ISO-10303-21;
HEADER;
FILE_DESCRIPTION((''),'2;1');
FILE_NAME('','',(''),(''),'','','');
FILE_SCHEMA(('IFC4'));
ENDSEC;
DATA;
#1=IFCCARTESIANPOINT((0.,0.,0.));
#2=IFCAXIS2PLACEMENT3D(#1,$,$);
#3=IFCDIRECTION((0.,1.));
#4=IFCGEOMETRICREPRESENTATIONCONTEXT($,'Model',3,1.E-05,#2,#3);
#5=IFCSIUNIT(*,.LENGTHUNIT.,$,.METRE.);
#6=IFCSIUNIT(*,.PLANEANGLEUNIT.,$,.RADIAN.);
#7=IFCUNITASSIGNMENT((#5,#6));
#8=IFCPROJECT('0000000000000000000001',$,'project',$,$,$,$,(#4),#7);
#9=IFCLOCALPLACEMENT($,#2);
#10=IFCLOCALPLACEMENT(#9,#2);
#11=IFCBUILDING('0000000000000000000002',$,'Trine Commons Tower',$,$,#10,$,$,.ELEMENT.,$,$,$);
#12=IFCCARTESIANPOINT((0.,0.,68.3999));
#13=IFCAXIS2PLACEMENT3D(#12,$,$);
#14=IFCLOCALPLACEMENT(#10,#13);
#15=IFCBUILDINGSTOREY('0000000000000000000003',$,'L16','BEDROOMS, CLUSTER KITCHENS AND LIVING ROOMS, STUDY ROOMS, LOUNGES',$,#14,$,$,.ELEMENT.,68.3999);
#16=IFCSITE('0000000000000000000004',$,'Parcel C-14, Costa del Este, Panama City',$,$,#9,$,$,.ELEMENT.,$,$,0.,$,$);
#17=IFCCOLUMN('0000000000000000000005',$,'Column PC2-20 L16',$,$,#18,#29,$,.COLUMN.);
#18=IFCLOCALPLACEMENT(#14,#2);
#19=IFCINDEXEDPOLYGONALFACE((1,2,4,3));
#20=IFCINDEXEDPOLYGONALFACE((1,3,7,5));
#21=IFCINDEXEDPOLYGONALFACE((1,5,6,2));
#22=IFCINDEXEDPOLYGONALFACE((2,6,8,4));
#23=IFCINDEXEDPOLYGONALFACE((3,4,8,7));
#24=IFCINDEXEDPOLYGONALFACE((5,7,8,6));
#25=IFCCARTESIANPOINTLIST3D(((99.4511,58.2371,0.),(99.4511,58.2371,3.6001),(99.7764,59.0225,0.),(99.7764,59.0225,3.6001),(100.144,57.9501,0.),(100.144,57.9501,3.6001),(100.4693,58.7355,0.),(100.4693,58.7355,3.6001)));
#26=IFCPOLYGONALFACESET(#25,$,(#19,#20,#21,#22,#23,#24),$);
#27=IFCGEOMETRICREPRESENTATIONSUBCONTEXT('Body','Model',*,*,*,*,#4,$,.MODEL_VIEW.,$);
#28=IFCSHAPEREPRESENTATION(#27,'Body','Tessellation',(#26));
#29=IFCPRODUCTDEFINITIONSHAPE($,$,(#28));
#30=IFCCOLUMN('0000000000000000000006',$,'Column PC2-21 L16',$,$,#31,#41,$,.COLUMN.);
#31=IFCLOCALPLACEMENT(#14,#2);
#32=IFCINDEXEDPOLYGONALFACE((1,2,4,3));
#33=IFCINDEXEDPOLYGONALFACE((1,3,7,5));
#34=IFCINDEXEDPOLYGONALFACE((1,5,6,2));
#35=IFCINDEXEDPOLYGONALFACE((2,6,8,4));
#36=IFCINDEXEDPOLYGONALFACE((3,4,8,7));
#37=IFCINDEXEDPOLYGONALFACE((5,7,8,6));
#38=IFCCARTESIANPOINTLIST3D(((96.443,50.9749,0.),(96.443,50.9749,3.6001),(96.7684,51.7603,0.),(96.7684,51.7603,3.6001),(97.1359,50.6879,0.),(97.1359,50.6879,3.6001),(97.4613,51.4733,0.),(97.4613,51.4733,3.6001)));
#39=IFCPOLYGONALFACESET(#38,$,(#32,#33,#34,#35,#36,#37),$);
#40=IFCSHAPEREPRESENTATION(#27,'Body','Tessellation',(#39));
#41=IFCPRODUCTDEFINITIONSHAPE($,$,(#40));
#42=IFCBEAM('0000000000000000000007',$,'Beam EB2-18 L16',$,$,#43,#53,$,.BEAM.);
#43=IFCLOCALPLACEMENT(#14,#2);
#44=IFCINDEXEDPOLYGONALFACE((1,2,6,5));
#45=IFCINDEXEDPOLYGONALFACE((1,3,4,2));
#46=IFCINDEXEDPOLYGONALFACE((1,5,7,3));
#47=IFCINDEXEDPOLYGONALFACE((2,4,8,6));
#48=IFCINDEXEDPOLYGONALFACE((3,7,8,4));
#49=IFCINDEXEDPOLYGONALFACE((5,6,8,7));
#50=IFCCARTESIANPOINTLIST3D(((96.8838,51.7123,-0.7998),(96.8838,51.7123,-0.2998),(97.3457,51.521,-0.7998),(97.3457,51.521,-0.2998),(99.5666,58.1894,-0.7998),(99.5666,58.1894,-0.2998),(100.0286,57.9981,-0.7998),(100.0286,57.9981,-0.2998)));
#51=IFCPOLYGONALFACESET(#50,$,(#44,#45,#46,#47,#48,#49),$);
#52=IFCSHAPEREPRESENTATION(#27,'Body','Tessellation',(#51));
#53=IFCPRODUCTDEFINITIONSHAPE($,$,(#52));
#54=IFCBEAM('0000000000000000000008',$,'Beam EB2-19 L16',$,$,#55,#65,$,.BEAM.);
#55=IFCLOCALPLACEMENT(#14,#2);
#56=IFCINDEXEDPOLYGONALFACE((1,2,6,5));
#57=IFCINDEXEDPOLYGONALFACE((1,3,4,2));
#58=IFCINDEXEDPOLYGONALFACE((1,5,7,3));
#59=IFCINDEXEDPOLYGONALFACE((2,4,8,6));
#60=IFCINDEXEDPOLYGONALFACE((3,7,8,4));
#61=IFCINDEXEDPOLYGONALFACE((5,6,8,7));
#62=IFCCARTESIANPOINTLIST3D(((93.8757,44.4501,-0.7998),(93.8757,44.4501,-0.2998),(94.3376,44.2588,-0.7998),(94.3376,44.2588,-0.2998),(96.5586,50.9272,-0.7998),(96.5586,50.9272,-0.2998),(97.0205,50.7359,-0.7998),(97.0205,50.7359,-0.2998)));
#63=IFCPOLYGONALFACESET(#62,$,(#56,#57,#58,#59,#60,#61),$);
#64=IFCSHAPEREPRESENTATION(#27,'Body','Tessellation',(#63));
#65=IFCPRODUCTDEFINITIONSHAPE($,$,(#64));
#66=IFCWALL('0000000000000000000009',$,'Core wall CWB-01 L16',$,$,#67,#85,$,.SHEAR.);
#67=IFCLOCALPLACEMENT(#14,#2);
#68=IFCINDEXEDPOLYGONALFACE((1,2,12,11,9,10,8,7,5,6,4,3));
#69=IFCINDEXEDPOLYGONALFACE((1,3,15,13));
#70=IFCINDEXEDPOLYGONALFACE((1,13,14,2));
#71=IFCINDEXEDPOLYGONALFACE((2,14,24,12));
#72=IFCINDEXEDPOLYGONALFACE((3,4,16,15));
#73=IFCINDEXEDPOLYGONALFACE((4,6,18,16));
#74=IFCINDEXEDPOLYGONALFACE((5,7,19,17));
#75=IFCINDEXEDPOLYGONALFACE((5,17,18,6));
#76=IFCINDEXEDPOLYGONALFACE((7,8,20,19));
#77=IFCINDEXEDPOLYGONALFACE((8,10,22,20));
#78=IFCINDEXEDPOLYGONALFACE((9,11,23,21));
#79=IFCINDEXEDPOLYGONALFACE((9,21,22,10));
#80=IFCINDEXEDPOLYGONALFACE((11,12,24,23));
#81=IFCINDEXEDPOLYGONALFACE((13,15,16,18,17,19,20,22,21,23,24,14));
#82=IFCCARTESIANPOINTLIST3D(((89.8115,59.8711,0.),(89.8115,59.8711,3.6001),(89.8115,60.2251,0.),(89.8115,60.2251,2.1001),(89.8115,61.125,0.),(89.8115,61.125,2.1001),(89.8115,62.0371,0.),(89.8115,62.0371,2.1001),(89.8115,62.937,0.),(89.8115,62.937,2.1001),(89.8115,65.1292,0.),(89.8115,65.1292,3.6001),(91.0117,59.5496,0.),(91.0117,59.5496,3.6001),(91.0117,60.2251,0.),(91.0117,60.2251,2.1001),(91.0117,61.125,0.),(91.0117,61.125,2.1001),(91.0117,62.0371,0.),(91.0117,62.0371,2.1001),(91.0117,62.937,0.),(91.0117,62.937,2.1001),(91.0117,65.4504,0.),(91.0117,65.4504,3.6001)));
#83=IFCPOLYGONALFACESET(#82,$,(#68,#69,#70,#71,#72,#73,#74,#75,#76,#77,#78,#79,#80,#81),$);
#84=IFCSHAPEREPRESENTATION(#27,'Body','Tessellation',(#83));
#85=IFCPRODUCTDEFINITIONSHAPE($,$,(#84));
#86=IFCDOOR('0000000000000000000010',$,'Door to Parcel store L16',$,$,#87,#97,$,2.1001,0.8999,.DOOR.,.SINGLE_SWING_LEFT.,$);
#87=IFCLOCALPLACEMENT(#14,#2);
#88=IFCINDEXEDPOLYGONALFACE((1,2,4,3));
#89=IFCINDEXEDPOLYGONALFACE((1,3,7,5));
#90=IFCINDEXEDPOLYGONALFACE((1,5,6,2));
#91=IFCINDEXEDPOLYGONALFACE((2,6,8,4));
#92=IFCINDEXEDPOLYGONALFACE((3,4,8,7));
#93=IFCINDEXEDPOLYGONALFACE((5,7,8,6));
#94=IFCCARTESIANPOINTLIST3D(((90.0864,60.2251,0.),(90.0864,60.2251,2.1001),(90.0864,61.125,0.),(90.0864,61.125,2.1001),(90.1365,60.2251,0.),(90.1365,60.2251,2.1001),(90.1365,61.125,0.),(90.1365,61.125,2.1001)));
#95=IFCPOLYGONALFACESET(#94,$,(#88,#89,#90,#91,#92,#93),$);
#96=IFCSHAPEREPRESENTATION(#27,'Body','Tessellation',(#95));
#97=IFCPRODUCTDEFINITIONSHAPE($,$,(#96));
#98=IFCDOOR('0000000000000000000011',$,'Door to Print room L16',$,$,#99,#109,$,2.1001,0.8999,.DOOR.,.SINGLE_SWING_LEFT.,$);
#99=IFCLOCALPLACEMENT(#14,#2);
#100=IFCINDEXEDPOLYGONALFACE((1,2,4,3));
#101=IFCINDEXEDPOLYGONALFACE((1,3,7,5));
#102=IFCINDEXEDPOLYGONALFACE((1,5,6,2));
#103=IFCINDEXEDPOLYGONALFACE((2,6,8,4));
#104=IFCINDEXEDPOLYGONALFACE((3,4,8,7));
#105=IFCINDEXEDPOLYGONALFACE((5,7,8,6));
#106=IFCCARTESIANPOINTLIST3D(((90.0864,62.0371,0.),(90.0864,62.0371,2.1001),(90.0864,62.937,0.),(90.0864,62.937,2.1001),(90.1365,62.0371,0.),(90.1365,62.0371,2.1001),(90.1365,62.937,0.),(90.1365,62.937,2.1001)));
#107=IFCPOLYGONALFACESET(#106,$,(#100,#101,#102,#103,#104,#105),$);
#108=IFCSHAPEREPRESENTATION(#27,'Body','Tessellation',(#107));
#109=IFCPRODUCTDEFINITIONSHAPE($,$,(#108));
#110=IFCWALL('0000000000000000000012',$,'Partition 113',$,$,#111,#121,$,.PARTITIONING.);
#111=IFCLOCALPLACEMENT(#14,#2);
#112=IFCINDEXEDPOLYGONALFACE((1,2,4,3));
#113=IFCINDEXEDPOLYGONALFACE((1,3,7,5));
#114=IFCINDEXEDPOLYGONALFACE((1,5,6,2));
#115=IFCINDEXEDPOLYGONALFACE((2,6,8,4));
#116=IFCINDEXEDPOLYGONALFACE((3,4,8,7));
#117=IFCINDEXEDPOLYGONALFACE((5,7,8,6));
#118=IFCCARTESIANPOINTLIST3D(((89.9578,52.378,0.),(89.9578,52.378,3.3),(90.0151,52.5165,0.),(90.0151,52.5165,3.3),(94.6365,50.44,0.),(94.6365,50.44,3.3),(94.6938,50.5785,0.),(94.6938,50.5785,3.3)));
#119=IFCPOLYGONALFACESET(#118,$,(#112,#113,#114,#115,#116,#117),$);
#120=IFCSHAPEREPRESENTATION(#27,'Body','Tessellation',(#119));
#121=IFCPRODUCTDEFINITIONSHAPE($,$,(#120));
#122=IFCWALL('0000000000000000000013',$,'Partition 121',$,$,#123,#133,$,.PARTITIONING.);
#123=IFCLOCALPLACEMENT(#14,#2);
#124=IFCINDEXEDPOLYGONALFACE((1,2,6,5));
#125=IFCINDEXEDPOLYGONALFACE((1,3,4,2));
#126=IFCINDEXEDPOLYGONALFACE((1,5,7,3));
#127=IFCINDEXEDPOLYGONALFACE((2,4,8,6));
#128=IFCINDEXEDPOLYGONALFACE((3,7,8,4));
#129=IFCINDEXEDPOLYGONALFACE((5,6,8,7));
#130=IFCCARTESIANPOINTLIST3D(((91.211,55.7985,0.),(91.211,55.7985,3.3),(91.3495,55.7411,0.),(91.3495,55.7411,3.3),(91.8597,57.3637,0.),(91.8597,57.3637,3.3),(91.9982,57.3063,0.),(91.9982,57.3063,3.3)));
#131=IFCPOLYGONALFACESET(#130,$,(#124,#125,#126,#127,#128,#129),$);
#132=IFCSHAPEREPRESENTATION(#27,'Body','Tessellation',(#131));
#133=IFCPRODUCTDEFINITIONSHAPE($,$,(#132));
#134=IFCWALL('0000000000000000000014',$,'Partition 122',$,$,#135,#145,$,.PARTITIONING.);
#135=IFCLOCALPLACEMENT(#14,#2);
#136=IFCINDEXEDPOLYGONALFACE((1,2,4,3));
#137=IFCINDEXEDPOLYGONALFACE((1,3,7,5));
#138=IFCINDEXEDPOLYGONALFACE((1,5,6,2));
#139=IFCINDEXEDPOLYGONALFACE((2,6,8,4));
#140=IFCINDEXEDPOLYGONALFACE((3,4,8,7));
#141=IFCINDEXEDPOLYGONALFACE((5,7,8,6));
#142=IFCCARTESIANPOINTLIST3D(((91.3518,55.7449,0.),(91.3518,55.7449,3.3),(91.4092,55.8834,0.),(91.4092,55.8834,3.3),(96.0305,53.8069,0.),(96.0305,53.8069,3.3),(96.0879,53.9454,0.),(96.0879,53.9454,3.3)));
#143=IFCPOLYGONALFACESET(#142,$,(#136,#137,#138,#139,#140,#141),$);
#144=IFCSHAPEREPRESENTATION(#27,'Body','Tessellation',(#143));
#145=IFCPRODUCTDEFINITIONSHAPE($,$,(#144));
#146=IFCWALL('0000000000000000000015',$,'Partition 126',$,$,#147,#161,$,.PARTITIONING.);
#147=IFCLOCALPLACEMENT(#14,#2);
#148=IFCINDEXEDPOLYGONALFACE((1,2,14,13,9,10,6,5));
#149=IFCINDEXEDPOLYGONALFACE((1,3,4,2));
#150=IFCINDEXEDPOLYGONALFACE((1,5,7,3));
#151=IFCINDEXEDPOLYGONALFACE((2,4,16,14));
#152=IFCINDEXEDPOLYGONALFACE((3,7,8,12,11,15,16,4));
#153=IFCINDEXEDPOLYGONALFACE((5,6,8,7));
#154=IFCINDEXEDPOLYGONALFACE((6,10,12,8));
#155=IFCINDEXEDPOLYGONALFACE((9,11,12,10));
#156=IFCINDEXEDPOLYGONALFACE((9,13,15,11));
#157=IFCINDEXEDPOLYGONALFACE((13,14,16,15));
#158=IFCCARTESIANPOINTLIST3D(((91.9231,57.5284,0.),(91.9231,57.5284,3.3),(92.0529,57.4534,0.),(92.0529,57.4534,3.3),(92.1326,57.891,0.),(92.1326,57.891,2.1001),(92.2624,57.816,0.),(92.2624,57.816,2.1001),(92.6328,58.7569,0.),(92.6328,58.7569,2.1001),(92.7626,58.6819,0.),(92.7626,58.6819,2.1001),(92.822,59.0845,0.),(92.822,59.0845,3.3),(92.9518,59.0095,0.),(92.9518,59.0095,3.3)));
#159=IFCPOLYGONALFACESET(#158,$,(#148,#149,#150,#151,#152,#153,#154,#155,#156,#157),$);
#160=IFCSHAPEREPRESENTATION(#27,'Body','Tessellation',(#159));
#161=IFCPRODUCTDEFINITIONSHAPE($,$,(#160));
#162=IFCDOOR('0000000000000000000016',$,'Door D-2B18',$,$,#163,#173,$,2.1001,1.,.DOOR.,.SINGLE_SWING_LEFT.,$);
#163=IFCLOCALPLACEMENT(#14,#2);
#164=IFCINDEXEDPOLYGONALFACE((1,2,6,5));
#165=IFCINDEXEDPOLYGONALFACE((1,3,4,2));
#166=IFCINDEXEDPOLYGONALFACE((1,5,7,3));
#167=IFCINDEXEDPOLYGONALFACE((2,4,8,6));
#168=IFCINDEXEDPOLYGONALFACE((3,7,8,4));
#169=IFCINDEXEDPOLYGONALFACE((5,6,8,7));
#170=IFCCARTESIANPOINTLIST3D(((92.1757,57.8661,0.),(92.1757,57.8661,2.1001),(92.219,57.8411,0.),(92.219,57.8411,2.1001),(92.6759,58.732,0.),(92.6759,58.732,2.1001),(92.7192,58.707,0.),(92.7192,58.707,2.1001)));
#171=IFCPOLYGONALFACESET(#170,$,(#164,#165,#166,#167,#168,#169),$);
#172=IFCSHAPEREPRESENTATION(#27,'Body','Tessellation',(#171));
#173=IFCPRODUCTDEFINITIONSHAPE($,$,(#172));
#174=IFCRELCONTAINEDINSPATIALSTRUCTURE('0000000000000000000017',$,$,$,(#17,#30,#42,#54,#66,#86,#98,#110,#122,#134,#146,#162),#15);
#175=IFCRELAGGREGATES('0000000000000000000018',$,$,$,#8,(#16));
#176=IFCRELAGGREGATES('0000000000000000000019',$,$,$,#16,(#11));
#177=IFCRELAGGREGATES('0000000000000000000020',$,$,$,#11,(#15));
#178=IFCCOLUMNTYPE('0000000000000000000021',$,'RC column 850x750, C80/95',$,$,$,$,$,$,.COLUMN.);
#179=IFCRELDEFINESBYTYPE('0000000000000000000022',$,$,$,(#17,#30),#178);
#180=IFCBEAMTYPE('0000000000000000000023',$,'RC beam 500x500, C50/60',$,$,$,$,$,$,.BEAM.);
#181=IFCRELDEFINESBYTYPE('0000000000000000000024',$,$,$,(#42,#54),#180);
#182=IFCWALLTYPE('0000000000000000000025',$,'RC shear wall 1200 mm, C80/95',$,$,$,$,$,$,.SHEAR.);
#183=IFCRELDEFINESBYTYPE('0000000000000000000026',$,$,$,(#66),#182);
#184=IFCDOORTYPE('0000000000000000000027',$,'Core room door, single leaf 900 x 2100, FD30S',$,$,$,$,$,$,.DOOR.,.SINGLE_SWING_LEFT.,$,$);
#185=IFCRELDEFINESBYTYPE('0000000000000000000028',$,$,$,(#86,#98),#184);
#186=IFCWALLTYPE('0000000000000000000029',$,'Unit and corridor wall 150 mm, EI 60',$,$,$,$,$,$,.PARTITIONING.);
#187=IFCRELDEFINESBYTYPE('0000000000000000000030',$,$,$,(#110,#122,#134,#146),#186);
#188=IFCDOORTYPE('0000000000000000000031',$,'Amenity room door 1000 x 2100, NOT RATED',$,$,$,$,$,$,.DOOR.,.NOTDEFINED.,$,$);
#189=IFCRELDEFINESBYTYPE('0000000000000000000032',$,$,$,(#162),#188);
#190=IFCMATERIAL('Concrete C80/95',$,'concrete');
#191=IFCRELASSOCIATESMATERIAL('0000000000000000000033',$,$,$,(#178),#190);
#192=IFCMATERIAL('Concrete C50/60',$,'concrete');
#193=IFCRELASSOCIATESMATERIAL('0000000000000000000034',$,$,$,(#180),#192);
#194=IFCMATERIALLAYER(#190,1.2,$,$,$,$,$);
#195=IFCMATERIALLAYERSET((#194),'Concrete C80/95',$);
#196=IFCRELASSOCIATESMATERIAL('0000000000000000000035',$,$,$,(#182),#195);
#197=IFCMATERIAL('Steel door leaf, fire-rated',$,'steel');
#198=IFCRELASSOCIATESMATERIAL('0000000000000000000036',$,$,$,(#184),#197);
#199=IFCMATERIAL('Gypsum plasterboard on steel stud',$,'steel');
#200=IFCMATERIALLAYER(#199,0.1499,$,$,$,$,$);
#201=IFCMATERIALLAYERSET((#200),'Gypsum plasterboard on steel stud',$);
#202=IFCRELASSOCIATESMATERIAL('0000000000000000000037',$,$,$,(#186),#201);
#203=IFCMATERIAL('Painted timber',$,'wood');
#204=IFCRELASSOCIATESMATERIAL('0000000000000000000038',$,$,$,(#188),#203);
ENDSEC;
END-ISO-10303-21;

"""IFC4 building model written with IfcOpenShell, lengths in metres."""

from ifc_helpers import new_model, si_unit, direction, frame, frame_2d, origin, origin_2d, place, context, subcontext, project, spatial, polyline, rectangle, outline, extrude, material, layer, layer_set, material_profile, profile_set, type_object, element, fill, save


model = new_model("IFC4")

# Units and contexts
model_context = context("Model", 3, precision=1e-05, world=origin(), true_north=direction((0.0, 1.0)))
body_context = subcontext(model_context, "Body", "Model", "MODEL_VIEW")
ifc_project = project(units=[si_unit("LENGTHUNIT", "METRE"), si_unit("PLANEANGLEUNIT", "RADIAN")], contexts=[model_context])

# Site, building, storey
site_placement = place(None, origin())
site = spatial("IfcSite", under=ifc_project, at=site_placement, Name="Parcel C-14, Costa del Este, Panama City", CompositionType="ELEMENT", RefElevation=0.0)
building_placement = place(site_placement, origin())
building = spatial("IfcBuilding", under=site, at=building_placement, Name="Trine Commons Tower", CompositionType="ELEMENT")
storey_placement = place(building_placement, frame((0.0, 0.0, 68.3999)))
storey = spatial("IfcBuildingStorey", under=building, at=storey_placement, Name="L16", Description="BEDROOMS, CLUSTER KITCHENS AND LIVING ROOMS, STUDY ROOMS, LOUNGES", CompositionType="ELEMENT", Elevation=68.3999)

# Columns
ifc_material_1 = material(Name="Concrete C80/95", Category="concrete")
ifc_material_profile_1 = material_profile(ifc_material_1, rectangle(XDim=0.8501, YDim=0.75, at=origin_2d()), Name="RC 850x750")
ifc_profile_set_1 = profile_set([ifc_material_profile_1], Name="Concrete C80/95")
column_type = type_object("IfcColumnType", Name="RC column 850x750, C80/95", PredefinedType="COLUMN", material=ifc_profile_set_1)
for number, where, z_axis, x_axis, name in (
    (1, (99.9602, 58.4863, 0.0), (0.0, 0.0, 1.0), (0.382683, 0.92388, 0.0), "Column PC2-20 L16"),
    (2, (96.9521, 51.2241, 0.0), (0.0, 0.0, 1.0), (0.382683, 0.92388, 0.0), "Column PC2-21 L16"),
):
    element("IfcColumn", number, at=place(storey_placement, frame(where, z_axis=z_axis, x_axis=x_axis)), inside=storey, type_object=column_type, Name=name, PredefinedType="COLUMN", context=body_context, shape_type="SweptSolid", body=[
        extrude(rectangle(XDim=0.8501, YDim=0.75, at=origin_2d()), origin(), (0.0, 0.0, 1.0), 3.6001),
    ])

# Beams
ifc_material_2 = material(Name="Concrete C50/60", Category="concrete")
ifc_material_profile_2 = material_profile(ifc_material_2, rectangle(XDim=0.5, YDim=0.5, at=origin_2d()), Name="RC 500x500")
ifc_profile_set_2 = profile_set([ifc_material_profile_2], Name="Concrete C50/60")
beam_type = type_object("IfcBeamType", Name="RC beam 500x500, C50/60", PredefinedType="BEAM", material=ifc_profile_set_2)
for number, where, z_axis, x_axis, name in (
    (3, (99.7976, 58.0938, -0.5498), (-0.382681, -0.923881, 0.0), (0.923881, -0.382681, 0.0), "Beam EB2-18 L16"),
    (4, (96.7896, 50.8315, -0.5498), (-0.382681, -0.923881, 0.0), (0.923881, -0.382681, 0.0), "Beam EB2-19 L16"),
):
    element("IfcBeam", number, at=place(storey_placement, frame(where, z_axis=z_axis, x_axis=x_axis)), inside=storey, type_object=beam_type, Name=name, PredefinedType="BEAM", context=body_context, shape_type="SweptSolid", body=[
        extrude(rectangle(XDim=0.5, YDim=0.5, at=origin_2d()), origin(), (0.0, 0.0, 1.0), 7.0107),
    ])

# Wall, openings, doors
ifc_layer_1 = layer(ifc_material_1, 1.2)
ifc_layer_set_1 = layer_set([ifc_layer_1], Name="Concrete C80/95")
wall_type_1 = type_object("IfcWallType", Name="RC shear wall 1200 mm, C80/95", PredefinedType="SHEAR", material=ifc_layer_set_1)
wall_1_placement = place(storey_placement, frame((90.4116, 59.5496, 0.0), z_axis=(0.0, 0.0, 1.0), x_axis=(0.0, 1.0, 0.0)))
wall_1 = element("IfcWall", 5, at=wall_1_placement, inside=storey, type_object=wall_type_1, Name="Core wall CWB-01 L16", PredefinedType="SHEAR", context=body_context, shape_type="SweptSolid", body=[
    extrude(outline(polyline([(0.0, -0.6001), (5.9009, -0.6001), (5.5796, 0.6001), (0.3215, 0.6001), (0.0, -0.6001)])), origin(), (0.0, 0.0, 1.0), 3.6001),
])
opening_1_placement = place(wall_1_placement, frame((0.6755, 0.0, 0.0)))
opening_1 = element("IfcOpeningElement", 6, at=opening_1_placement, cuts=wall_1, PredefinedType="OPENING", context=body_context, shape_type="SweptSolid", body=[
    extrude(rectangle(XDim=0.8999, YDim=2.1001, at=frame_2d((0.45, 1.05))), frame((0.0, 0.6099, 0.0), z_axis=(0.0, -1.0, 0.0), x_axis=(1.0, 0.0, 0.0)), (0.0, 0.0, 1.0), 1.22),
])
opening_2_placement = place(wall_1_placement, frame((2.4875, 0.0, 0.0)))
opening_2 = element("IfcOpeningElement", 7, at=opening_2_placement, cuts=wall_1, PredefinedType="OPENING", context=body_context, shape_type="SweptSolid", body=[
    extrude(rectangle(XDim=0.8999, YDim=2.1001, at=frame_2d((0.45, 1.05))), frame((0.0, 0.6099, 0.0), z_axis=(0.0, -1.0, 0.0), x_axis=(1.0, 0.0, 0.0)), (0.0, 0.0, 1.0), 1.22),
])
ifc_material_3 = material(Name="Steel door leaf, fire-rated", Category="steel")
door_type_1 = type_object("IfcDoorType", Name="Core room door, single leaf 900 x 2100, FD30S", OperationType="SINGLE_SWING_LEFT", PredefinedType="DOOR", material=ifc_material_3)
door_1_placement = place(opening_1_placement, origin())
door_1 = element("IfcDoor", 8, at=door_1_placement, inside=storey, type_object=door_type_1, Name="Door to Parcel store L16", OperationType="SINGLE_SWING_LEFT", OverallHeight=2.1001, OverallWidth=0.8999, PredefinedType="DOOR", context=body_context, shape_type="SweptSolid", body=[
    extrude(rectangle(XDim=0.8999, YDim=2.1001, at=frame_2d((0.45, 1.05))), frame((0.0, 0.3252, 0.0), z_axis=(0.0, -1.0, 0.0), x_axis=(1.0, 0.0, 0.0)), (0.0, 0.0, 1.0), 0.05),
])
fill(opening_1, door_1)
door_2_placement = place(opening_2_placement, origin())
door_2 = element("IfcDoor", 9, at=door_2_placement, inside=storey, type_object=door_type_1, Name="Door to Print room L16", OperationType="SINGLE_SWING_LEFT", OverallHeight=2.1001, OverallWidth=0.8999, PredefinedType="DOOR", context=body_context, shape_type="SweptSolid", body=[
    extrude(rectangle(XDim=0.8999, YDim=2.1001, at=frame_2d((0.45, 1.05))), frame((0.0, 0.3252, 0.0), z_axis=(0.0, -1.0, 0.0), x_axis=(1.0, 0.0, 0.0)), (0.0, 0.0, 1.0), 0.05),
])
fill(opening_2, door_2)

# Walls
ifc_material_4 = material(Name="Gypsum plasterboard on steel stud", Category="steel")
ifc_layer_2 = layer(ifc_material_4, 0.1499)
ifc_layer_set_2 = layer_set([ifc_layer_2], Name="Gypsum plasterboard on steel stud")
wall_type_2 = type_object("IfcWallType", Name="Unit and corridor wall 150 mm, EI 60", PredefinedType="PARTITIONING", material=ifc_layer_set_2)
wall_2_placement = place(storey_placement, frame((89.9863, 52.4473, 0.0), z_axis=(0.0, 0.0, 1.0), x_axis=(0.923879, -0.382684, 0.0)))
element("IfcWall", 10, at=wall_2_placement, inside=storey, type_object=wall_type_2, Name="Partition 113", PredefinedType="PARTITIONING", context=body_context, shape_type="SweptSolid", body=[
    extrude(rectangle(XDim=5.0642, YDim=0.1499, at=frame_2d((2.5322, 0.0))), origin(), (0.0, 0.0, 1.0), 3.3),
])
wall_3_placement = place(storey_placement, frame((91.2803, 55.7698, 0.0), z_axis=(0.0, 0.0, 1.0), x_axis=(0.382865, 0.923804, 0.0)))
element("IfcWall", 11, at=wall_3_placement, inside=storey, type_object=wall_type_2, Name="Partition 121", PredefinedType="PARTITIONING", context=body_context, shape_type="SweptSolid", body=[
    extrude(rectangle(XDim=1.6943, YDim=0.1499, at=frame_2d((0.8472, 0.0))), origin(), (0.0, 0.0, 1.0), 3.3),
])
wall_4_placement = place(storey_placement, frame((91.3804, 55.8142, 0.0), z_axis=(0.0, 0.0, 1.0), x_axis=(0.923879, -0.382684, 0.0)))
element("IfcWall", 12, at=wall_4_placement, inside=storey, type_object=wall_type_2, Name="Partition 122", PredefinedType="PARTITIONING", context=body_context, shape_type="SweptSolid", body=[
    extrude(rectangle(XDim=5.0642, YDim=0.1499, at=frame_2d((2.5322, 0.0))), origin(), (0.0, 0.0, 1.0), 3.3),
])

# Wall, opening, door
wall_5_placement = place(storey_placement, frame((91.988, 57.491, 0.0), z_axis=(0.0, 0.0, 1.0), x_axis=(0.500201, 0.86591, 0.0)))
wall_5 = element("IfcWall", 13, at=wall_5_placement, inside=storey, type_object=wall_type_2, Name="Partition 126", PredefinedType="PARTITIONING", context=body_context, shape_type="SweptSolid", body=[
    extrude(rectangle(XDim=1.7971, YDim=0.1499, at=frame_2d((0.8984, 0.0))), origin(), (0.0, 0.0, 1.0), 3.3),
])
opening_3_placement = place(wall_5_placement, frame((0.4187, 0.0, 0.0)))
opening_3 = element("IfcOpeningElement", 14, at=opening_3_placement, cuts=wall_5, PredefinedType="OPENING", context=body_context, shape_type="SweptSolid", body=[
    extrude(rectangle(XDim=1.0, YDim=2.1001, at=frame_2d((0.5, 1.05))), frame((0.0, 0.085, 0.0), z_axis=(0.0, -1.0, 0.0), x_axis=(1.0, 0.0, 0.0)), (0.0, 0.0, 1.0), 0.1699),
])
ifc_material_5 = material(Name="Painted timber", Category="wood")
door_type_2 = type_object("IfcDoorType", Name="Amenity room door 1000 x 2100, NOT RATED", OperationType="NOTDEFINED", PredefinedType="DOOR", material=ifc_material_5)
door_3_placement = place(opening_3_placement, frame((1.0, 0.0, 0.0), z_axis=(0.0, 0.0, 1.0), x_axis=(-1.0, 0.0, 0.0)))
door_3 = element("IfcDoor", 15, at=door_3_placement, inside=storey, type_object=door_type_2, Name="Door D-2B18", OperationType="SINGLE_SWING_LEFT", OverallHeight=2.1001, OverallWidth=1.0, PredefinedType="DOOR", context=body_context, shape_type="SweptSolid", body=[
    extrude(rectangle(XDim=1.0, YDim=2.1001, at=frame_2d((0.5, 1.05))), frame((0.0, 0.0249, 0.0), z_axis=(0.0, -1.0, 0.0), x_axis=(1.0, 0.0, 0.0)), (0.0, 0.0, 1.0), 0.05),
])
fill(opening_3, door_3)

save(model, "model.ifc")
